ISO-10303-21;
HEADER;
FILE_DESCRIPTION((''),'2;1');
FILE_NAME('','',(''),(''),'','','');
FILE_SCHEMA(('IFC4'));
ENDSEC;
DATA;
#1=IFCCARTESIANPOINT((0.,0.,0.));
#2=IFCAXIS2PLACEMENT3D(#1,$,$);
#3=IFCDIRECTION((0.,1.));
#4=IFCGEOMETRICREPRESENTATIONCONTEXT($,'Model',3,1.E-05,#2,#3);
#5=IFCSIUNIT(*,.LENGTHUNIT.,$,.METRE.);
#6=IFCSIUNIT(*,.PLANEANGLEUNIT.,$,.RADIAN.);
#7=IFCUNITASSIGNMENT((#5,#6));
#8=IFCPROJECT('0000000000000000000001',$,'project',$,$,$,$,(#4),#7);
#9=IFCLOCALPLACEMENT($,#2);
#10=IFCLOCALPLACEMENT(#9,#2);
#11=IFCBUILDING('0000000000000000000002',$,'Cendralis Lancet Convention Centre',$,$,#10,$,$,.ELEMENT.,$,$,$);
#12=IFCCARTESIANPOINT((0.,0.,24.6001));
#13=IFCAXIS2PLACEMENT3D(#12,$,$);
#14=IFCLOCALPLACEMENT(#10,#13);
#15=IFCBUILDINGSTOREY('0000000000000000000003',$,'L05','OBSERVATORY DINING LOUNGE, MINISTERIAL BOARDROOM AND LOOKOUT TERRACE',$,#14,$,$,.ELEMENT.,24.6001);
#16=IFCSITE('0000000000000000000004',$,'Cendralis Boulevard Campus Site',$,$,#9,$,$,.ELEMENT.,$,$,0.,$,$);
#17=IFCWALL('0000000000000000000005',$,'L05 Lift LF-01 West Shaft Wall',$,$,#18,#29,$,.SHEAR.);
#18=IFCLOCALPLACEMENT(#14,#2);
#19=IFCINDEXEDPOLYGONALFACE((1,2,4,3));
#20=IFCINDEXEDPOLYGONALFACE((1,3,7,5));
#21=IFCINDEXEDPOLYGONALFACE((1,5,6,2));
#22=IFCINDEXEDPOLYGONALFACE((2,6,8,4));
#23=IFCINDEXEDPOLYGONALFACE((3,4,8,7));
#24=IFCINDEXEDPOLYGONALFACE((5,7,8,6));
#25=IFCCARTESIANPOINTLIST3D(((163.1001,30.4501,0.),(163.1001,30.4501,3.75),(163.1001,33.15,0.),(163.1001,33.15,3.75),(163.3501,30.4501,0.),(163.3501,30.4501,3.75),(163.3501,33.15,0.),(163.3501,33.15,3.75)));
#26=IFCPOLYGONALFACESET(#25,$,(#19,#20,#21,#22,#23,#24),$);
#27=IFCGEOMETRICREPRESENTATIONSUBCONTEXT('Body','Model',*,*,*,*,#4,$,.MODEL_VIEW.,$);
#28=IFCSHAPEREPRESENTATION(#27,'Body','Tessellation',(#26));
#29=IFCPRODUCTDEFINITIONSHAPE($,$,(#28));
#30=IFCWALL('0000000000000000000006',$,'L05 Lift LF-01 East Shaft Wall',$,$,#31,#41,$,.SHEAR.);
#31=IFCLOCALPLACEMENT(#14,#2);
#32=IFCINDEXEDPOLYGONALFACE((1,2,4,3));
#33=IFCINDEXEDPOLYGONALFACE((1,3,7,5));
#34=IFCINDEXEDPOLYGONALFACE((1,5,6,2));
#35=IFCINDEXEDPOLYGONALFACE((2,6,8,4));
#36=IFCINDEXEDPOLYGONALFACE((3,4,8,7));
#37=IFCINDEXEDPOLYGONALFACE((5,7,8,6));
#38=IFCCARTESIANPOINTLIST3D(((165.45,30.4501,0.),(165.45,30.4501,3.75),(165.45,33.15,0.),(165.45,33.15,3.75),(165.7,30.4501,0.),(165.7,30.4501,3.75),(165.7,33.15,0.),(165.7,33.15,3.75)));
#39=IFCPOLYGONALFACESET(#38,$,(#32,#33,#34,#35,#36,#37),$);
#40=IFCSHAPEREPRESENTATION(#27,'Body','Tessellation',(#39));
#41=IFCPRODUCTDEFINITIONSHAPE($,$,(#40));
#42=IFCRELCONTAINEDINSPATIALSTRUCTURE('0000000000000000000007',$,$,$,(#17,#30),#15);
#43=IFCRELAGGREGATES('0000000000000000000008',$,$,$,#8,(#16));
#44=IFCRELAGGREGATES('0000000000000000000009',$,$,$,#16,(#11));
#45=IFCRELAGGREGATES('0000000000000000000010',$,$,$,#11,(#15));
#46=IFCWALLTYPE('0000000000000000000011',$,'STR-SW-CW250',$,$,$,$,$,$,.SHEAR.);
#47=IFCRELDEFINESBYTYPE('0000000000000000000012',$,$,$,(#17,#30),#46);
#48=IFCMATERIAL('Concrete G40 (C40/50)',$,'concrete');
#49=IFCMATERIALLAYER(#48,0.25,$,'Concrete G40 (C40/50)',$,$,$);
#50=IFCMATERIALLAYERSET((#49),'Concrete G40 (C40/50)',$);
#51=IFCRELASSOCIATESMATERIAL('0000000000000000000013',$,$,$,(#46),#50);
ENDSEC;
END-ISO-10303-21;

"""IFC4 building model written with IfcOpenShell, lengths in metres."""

from ifc_helpers import new_model, si_unit, direction, frame, frame_2d, origin, place, context, subcontext, project, spatial, rectangle, extrude, material, layer, layer_set, type_object, element, save


model = new_model("IFC4")

# Units and contexts
model_context = context("Model", 3, precision=1e-05, world=origin(), true_north=direction((0.0, 1.0)))
body_context = subcontext(model_context, "Body", "Model", "MODEL_VIEW")
ifc_project = project(units=[si_unit("LENGTHUNIT", "METRE"), si_unit("PLANEANGLEUNIT", "RADIAN")], contexts=[model_context])

# Site, building, storey
site_placement = place(None, origin())
site = spatial("IfcSite", under=ifc_project, at=site_placement, Name="Cendralis Boulevard Campus Site", CompositionType="ELEMENT", RefElevation=0.0)
building_placement = place(site_placement, origin())
building = spatial("IfcBuilding", under=site, at=building_placement, Name="Cendralis Lancet Convention Centre", CompositionType="ELEMENT")
storey_placement = place(building_placement, frame((0.0, 0.0, 24.6001)))
storey = spatial("IfcBuildingStorey", under=building, at=storey_placement, Name="L05", Description="OBSERVATORY DINING LOUNGE, MINISTERIAL BOARDROOM AND LOOKOUT TERRACE", CompositionType="ELEMENT", Elevation=24.6001)

# Shared definitions
ifc_material_1 = material(Name="Concrete G40 (C40/50)", Category="concrete")

# Shared definitions
ifc_layer_1 = layer(ifc_material_1, 0.25, Name="Concrete G40 (C40/50)")
ifc_layer_set_1 = layer_set([ifc_layer_1], Name="Concrete G40 (C40/50)")
wall_type_1 = type_object("IfcWallType", Name="STR-SW-CW250", PredefinedType="SHEAR", material=ifc_layer_set_1)

# Walls
for number, where, z_axis, x_axis, name in (
    (1, (163.2251, 30.45, 0.0), (0.0, 0.0, 1.0), (0.0, 1.0, 0.0), "L05 Lift LF-01 West Shaft Wall"),
    (2, (165.575, 30.45, 0.0), (0.0, 0.0, 1.0), (0.0, 1.0, 0.0), "L05 Lift LF-01 East Shaft Wall"),
):
    element("IfcWall", number, at=place(storey_placement, frame(where, z_axis=z_axis, x_axis=x_axis)), inside=storey, type_object=wall_type_1, Name=name, PredefinedType="SHEAR", context=body_context, shape_type="SweptSolid", body=[
        extrude(rectangle(XDim=2.7, YDim=0.25, at=frame_2d((1.3501, 0.0))), origin(), (0.0, 0.0, 1.0), 3.75),
    ])

save(model, "model.ifc")
